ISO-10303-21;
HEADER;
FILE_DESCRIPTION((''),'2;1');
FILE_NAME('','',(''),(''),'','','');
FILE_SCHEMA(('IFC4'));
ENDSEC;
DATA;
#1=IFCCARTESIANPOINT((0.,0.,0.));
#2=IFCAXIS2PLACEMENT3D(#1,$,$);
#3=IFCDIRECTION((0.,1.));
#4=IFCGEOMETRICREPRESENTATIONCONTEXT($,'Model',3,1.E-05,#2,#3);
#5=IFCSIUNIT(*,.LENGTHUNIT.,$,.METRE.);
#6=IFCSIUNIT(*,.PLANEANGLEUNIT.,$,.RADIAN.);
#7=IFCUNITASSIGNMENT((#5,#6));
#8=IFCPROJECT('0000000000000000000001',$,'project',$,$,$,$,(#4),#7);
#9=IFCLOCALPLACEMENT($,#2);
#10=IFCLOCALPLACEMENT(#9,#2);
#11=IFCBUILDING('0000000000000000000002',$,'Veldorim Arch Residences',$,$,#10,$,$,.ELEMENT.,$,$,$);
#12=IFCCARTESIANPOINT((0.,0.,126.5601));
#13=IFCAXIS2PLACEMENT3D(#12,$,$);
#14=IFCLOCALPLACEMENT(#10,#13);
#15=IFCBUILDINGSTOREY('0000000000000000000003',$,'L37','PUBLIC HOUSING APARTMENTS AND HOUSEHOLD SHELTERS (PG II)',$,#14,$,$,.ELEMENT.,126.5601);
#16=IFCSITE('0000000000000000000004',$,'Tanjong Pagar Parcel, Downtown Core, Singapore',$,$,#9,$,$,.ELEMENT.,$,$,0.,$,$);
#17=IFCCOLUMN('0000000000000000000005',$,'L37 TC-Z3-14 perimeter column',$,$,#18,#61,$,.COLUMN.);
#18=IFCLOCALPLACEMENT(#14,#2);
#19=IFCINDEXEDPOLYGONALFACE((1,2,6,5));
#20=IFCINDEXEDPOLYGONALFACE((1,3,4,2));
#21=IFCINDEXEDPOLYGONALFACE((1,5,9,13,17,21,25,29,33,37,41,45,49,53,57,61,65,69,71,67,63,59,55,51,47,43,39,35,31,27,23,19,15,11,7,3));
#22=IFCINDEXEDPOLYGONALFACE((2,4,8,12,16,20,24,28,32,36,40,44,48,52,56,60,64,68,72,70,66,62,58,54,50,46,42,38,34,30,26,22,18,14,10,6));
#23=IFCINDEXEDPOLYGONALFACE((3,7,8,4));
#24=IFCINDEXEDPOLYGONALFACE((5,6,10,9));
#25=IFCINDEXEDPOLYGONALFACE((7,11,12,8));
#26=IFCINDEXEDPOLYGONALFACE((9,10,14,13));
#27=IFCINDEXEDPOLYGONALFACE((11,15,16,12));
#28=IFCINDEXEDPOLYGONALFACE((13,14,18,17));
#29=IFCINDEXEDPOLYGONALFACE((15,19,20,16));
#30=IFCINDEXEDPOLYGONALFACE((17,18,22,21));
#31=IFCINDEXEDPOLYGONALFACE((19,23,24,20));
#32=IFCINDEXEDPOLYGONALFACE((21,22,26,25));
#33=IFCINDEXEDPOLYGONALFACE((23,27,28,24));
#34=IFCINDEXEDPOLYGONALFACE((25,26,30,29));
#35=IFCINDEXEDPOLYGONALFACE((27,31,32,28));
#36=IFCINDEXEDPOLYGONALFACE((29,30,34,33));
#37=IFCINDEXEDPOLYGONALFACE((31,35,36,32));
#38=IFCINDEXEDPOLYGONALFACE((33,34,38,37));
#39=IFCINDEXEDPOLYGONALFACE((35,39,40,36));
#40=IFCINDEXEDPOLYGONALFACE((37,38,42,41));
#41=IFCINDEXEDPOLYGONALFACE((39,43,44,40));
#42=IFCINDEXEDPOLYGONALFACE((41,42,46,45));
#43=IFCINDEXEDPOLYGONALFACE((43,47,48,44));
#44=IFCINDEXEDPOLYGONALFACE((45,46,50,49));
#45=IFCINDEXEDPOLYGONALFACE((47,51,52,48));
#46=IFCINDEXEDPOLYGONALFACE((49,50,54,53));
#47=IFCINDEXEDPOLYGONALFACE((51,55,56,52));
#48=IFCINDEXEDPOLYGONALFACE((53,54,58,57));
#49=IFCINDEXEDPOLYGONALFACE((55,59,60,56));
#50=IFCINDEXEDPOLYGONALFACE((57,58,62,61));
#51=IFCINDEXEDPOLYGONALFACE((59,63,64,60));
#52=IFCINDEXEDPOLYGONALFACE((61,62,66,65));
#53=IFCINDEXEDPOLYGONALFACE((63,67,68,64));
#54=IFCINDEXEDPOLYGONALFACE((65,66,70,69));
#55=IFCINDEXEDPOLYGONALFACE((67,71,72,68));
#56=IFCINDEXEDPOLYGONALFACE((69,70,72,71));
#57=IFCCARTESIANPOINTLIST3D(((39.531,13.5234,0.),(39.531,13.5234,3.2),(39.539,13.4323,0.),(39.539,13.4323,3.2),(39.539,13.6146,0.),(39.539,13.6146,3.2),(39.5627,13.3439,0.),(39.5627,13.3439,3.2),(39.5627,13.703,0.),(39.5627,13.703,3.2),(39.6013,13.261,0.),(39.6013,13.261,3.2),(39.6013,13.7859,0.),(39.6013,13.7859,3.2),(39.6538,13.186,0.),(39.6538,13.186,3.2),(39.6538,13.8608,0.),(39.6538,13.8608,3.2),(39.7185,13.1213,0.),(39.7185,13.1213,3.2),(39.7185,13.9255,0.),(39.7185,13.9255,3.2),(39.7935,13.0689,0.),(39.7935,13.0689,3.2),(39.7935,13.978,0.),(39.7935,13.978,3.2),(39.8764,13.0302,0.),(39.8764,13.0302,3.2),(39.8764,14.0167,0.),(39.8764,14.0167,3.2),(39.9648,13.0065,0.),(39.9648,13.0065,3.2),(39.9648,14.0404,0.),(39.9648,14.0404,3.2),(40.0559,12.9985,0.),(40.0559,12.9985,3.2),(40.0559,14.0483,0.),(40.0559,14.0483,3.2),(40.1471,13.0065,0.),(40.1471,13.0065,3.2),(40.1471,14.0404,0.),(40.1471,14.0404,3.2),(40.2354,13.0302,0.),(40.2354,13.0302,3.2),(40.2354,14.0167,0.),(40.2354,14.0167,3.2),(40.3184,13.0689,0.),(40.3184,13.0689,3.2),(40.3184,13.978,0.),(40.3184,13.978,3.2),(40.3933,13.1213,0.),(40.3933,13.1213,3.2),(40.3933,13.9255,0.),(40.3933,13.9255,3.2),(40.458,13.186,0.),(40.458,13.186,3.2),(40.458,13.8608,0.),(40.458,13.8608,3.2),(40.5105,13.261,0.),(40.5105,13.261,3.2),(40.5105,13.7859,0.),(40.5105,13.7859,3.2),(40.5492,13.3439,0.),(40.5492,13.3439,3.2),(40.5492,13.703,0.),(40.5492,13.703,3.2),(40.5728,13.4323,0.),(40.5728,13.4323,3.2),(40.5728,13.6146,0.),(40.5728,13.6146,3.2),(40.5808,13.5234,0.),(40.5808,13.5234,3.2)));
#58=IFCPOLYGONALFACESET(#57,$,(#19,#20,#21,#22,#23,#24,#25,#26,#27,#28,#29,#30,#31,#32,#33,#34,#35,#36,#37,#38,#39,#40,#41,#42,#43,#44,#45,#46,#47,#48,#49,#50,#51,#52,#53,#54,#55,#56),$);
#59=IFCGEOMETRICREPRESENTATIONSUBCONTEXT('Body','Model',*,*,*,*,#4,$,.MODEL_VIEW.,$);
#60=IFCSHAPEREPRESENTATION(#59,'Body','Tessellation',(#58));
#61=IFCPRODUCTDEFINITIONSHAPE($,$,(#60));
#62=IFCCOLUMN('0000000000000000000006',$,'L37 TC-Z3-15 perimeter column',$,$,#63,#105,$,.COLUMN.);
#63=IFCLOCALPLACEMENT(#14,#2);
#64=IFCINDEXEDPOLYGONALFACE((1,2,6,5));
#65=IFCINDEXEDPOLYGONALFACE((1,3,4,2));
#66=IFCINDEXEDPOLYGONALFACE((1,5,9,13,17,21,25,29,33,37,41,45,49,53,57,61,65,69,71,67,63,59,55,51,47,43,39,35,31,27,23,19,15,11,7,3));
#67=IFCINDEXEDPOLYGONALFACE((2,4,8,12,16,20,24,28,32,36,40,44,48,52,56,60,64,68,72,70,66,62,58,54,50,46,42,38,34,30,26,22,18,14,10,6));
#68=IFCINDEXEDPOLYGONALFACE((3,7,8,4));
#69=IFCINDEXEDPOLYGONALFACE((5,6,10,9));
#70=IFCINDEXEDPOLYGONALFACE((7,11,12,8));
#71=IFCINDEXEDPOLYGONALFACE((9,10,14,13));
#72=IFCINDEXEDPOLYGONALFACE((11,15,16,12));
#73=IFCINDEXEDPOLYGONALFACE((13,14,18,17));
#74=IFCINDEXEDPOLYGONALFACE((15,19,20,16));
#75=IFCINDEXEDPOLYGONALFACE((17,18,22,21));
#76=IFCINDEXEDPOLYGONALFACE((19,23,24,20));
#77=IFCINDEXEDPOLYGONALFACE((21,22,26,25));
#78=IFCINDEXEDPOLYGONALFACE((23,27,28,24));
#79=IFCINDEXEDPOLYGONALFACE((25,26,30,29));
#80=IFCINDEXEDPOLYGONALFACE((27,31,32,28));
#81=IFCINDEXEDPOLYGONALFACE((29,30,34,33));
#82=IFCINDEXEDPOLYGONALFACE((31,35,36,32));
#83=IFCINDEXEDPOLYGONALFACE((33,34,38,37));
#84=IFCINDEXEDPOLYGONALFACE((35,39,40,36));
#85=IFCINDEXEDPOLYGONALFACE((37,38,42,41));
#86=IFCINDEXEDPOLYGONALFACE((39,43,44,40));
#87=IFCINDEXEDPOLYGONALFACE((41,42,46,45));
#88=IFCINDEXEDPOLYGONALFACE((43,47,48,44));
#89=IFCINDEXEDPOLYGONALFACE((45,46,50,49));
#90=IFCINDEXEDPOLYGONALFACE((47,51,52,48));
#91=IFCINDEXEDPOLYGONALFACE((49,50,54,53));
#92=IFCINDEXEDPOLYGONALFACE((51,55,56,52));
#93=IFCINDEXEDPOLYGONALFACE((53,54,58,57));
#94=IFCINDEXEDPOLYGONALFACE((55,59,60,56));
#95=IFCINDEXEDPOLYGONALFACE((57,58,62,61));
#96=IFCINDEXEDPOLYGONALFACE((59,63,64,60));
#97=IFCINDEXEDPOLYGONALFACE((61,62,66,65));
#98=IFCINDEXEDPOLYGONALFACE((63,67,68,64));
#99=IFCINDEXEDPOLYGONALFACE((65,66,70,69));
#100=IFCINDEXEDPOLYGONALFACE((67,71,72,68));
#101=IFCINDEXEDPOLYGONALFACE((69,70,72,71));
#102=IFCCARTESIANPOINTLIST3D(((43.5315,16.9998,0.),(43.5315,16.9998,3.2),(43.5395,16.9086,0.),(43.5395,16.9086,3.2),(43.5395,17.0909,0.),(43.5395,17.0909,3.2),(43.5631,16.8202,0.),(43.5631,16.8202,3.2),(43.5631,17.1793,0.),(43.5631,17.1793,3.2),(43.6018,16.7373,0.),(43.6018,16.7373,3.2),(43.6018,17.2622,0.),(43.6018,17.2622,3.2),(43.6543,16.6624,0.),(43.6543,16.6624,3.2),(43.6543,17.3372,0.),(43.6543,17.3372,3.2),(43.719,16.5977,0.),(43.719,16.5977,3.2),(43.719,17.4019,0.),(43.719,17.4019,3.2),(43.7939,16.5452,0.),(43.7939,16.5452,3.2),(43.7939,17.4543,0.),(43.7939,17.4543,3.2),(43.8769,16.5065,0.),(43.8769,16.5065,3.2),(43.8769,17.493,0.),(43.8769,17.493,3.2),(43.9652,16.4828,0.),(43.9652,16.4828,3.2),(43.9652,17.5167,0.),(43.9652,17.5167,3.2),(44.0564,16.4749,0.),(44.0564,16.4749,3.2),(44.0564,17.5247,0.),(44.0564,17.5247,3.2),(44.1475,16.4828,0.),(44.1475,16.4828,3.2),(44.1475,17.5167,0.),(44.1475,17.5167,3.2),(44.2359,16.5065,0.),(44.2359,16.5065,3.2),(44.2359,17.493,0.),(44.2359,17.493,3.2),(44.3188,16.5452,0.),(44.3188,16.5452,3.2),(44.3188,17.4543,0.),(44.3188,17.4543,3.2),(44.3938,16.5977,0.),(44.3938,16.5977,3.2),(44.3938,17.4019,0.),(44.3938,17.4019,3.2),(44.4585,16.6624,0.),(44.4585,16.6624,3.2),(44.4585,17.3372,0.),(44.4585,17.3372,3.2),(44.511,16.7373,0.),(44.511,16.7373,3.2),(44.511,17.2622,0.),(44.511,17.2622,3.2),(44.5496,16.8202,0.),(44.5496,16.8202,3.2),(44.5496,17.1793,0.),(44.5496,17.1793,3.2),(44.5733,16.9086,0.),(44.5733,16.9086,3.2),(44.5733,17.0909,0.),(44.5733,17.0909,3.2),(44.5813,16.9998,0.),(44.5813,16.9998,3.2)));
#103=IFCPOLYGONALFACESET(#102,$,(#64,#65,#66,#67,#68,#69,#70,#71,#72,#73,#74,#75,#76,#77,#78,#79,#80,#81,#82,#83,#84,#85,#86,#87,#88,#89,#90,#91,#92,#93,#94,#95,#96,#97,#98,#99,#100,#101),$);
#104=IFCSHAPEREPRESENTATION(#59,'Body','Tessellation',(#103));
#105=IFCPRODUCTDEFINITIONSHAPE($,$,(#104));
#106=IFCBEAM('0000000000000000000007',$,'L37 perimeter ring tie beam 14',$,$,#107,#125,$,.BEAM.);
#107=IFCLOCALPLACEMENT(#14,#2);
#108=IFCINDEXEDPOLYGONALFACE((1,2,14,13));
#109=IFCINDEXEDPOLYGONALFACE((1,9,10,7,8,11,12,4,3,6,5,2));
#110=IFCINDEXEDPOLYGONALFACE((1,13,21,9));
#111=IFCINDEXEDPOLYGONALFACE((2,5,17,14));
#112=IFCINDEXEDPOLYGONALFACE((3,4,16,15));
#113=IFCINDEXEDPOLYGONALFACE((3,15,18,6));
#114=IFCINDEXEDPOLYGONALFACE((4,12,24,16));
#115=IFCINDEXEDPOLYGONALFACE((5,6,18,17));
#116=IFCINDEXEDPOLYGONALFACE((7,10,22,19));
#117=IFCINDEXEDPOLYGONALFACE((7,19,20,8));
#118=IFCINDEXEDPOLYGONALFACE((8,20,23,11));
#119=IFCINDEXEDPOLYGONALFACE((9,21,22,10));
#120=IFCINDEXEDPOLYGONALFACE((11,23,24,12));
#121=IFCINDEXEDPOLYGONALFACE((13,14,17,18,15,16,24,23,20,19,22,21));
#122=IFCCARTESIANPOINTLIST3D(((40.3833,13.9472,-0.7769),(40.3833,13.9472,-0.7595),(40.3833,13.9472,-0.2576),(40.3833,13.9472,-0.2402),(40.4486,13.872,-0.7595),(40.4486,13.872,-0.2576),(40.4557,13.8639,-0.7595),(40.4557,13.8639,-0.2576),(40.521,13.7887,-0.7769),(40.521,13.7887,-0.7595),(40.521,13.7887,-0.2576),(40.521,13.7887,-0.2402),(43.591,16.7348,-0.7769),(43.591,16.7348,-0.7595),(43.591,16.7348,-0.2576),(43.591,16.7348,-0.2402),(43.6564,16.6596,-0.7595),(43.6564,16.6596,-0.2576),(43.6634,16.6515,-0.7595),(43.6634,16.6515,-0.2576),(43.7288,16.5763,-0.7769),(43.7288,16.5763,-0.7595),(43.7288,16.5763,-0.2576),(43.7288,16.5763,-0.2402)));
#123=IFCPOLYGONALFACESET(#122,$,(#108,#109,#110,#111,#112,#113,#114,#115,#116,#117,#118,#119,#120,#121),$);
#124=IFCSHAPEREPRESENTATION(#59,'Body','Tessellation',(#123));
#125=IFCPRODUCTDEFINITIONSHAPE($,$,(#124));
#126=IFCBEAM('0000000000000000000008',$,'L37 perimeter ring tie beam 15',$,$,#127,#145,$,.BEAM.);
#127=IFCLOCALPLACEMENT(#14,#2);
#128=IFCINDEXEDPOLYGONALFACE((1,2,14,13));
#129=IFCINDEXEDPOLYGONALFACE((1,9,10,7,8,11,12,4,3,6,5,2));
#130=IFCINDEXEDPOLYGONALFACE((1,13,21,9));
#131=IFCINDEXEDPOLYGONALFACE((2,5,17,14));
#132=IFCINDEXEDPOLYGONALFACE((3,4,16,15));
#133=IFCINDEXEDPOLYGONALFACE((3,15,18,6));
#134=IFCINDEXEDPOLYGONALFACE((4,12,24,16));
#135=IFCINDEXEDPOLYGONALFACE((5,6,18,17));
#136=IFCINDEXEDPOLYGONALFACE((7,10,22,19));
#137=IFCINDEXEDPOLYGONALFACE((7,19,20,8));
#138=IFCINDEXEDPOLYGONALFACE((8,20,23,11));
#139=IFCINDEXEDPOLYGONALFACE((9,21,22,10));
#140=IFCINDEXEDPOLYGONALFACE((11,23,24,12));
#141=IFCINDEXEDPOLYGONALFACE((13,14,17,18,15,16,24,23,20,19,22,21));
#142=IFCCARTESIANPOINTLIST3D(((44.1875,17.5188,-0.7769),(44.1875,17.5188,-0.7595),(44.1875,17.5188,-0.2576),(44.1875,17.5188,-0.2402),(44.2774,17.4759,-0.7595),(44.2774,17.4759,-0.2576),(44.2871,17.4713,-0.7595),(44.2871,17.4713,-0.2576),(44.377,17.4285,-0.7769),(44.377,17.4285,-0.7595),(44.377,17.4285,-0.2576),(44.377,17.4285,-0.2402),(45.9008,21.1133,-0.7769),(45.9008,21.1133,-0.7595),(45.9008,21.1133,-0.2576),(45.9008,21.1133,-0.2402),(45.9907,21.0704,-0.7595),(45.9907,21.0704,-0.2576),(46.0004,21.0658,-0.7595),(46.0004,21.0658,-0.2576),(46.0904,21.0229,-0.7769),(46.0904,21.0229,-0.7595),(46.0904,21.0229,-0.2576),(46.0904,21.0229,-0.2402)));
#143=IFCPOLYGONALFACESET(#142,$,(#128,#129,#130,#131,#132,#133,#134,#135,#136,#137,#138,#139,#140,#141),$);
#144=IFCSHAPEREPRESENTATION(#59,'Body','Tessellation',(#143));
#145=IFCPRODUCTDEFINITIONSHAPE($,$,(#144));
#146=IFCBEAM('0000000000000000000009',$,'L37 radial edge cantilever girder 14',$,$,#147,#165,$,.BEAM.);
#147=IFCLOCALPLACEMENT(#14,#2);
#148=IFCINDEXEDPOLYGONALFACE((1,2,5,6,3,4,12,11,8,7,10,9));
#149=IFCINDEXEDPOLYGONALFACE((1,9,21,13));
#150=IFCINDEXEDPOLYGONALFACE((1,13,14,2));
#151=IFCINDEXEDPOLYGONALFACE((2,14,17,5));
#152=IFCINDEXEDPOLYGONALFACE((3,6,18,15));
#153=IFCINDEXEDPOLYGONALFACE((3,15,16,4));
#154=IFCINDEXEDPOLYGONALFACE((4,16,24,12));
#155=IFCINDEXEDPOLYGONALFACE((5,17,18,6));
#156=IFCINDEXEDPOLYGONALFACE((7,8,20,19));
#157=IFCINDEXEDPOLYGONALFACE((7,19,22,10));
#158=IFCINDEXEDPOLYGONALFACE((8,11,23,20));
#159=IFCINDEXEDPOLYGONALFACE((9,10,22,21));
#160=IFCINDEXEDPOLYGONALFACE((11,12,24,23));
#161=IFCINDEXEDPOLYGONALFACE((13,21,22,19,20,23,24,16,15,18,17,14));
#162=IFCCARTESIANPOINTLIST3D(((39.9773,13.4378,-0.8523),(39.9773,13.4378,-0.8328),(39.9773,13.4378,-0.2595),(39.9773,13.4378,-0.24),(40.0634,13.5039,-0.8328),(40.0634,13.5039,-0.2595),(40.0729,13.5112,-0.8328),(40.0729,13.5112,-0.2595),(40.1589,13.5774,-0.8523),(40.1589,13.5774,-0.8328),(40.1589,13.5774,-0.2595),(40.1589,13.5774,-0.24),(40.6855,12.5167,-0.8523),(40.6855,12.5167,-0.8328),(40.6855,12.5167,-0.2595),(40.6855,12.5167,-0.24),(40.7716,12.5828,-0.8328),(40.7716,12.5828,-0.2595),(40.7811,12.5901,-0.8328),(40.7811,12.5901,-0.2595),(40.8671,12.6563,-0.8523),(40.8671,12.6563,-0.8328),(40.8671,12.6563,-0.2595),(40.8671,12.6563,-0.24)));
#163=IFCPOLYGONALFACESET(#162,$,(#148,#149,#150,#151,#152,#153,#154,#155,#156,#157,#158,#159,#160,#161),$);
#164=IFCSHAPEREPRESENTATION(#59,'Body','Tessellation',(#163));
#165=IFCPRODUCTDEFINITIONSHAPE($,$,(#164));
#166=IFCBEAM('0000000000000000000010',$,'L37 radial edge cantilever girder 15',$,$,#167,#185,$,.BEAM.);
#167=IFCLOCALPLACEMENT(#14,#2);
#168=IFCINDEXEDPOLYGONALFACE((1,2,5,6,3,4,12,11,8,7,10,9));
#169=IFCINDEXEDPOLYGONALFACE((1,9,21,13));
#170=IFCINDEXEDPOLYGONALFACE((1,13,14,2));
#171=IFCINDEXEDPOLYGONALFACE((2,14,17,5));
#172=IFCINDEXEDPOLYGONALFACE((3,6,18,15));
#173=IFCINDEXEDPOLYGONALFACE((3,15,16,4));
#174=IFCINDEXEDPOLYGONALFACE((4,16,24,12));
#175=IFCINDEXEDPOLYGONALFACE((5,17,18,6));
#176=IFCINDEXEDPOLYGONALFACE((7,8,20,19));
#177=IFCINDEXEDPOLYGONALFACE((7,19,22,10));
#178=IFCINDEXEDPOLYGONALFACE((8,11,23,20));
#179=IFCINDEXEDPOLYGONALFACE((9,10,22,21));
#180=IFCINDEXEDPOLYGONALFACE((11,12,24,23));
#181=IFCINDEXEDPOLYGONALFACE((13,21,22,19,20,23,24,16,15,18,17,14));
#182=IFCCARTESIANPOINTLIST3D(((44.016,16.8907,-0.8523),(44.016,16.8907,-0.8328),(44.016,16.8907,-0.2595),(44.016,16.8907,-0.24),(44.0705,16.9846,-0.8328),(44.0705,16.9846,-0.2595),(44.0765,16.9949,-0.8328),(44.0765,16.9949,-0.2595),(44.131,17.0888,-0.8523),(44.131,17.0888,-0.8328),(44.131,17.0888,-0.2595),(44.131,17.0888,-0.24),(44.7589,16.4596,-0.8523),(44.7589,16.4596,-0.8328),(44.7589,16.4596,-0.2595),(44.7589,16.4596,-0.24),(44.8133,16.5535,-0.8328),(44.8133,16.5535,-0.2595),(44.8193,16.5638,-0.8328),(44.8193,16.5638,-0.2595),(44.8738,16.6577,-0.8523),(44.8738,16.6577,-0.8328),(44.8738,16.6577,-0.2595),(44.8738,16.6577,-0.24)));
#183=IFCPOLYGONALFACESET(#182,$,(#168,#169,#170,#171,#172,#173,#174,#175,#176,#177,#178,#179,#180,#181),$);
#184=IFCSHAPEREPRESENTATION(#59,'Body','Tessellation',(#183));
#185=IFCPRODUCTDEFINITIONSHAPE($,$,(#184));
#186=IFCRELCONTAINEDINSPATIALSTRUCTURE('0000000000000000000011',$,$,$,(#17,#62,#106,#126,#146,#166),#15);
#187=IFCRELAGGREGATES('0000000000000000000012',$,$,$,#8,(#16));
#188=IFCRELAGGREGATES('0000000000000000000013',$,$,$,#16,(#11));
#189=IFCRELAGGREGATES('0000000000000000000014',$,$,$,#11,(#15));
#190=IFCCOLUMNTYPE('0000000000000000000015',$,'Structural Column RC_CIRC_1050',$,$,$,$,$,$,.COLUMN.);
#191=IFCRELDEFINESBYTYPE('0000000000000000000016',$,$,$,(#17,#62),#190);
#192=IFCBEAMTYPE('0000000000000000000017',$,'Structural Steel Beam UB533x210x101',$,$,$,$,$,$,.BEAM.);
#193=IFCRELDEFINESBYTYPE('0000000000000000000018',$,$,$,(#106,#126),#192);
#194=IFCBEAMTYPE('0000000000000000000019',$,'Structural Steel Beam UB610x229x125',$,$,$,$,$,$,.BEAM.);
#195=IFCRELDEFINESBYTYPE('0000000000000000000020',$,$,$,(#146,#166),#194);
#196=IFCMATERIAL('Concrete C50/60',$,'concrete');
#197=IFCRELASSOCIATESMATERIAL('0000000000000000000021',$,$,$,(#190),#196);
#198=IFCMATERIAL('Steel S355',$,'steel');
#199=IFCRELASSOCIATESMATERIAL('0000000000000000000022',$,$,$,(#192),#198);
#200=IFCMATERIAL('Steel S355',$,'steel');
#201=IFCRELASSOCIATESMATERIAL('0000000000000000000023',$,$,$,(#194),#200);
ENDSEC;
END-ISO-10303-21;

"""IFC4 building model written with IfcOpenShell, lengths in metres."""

from ifc_helpers import new_model, si_unit, direction, frame, origin, origin_2d, place, context, subcontext, project, spatial, circle, i_section, extrude, material, material_profile, profile_set, type_object, element, save


model = new_model("IFC4")

# Units and contexts
model_context = context("Model", 3, precision=1e-05, world=origin(), true_north=direction((0.0, 1.0)))
body_context = subcontext(model_context, "Body", "Model", "MODEL_VIEW")
ifc_project = project(units=[si_unit("LENGTHUNIT", "METRE"), si_unit("PLANEANGLEUNIT", "RADIAN")], contexts=[model_context])

# Site, building, storey
site_placement = place(None, origin())
site = spatial("IfcSite", under=ifc_project, at=site_placement, Name="Tanjong Pagar Parcel, Downtown Core, Singapore", CompositionType="ELEMENT", RefElevation=0.0)
building_placement = place(site_placement, origin())
building = spatial("IfcBuilding", under=site, at=building_placement, Name="Veldorim Arch Residences", CompositionType="ELEMENT")
storey_placement = place(building_placement, frame((0.0, 0.0, 126.5601)))
storey = spatial("IfcBuildingStorey", under=building, at=storey_placement, Name="L37", Description="PUBLIC HOUSING APARTMENTS AND HOUSEHOLD SHELTERS (PG II)", CompositionType="ELEMENT", Elevation=126.5601)

# Columns
ifc_material_1 = material(Name="Concrete C50/60", Category="concrete")
ifc_material_profile_1 = material_profile(ifc_material_1, circle(Radius=0.5249, at=origin_2d()), Name="RC_CIRC_1050")
ifc_profile_set_1 = profile_set([ifc_material_profile_1], Name="Concrete C50/60")
column_type = type_object("IfcColumnType", Name="Structural Column RC_CIRC_1050", PredefinedType="COLUMN", material=ifc_profile_set_1)
for number, where, z_axis, x_axis, name in (
    (1, (40.0559, 13.5234, 0.0), (0.0, 0.0, 1.0), (1.0, 0.0, 0.0), "L37 TC-Z3-14 perimeter column"),
    (2, (44.0564, 16.9998, 0.0), (0.0, 0.0, 1.0), (1.0, 0.0, 0.0), "L37 TC-Z3-15 perimeter column"),
):
    element("IfcColumn", number, at=place(storey_placement, frame(where, z_axis=z_axis, x_axis=x_axis)), inside=storey, type_object=column_type, Name=name, PredefinedType="COLUMN", context=body_context, shape_type="SweptSolid", body=[
        extrude(circle(Radius=0.5249, at=origin_2d()), origin(), (0.0, 0.0, 1.0), 3.2),
    ])

# Beams
ifc_material_2 = material(Name="Steel S355", Category="steel")
ifc_material_profile_2 = material_profile(ifc_material_2, i_section(OverallWidth=0.21, OverallDepth=0.5366, WebThickness=0.0107, FlangeThickness=0.0173, at=origin_2d()), Name="UB533x210x101")
ifc_profile_set_2 = profile_set([ifc_material_profile_2], Name="Steel S355")
beam_type_1 = type_object("IfcBeamType", Name="Structural Steel Beam UB533x210x101", PredefinedType="BEAM", material=ifc_profile_set_2)
beam_1_placement = place(storey_placement, frame((40.4521, 13.8679, -0.5085), z_axis=(0.754811, 0.655943, 0.0), x_axis=(-0.655943, 0.754811, 0.0)))
element("IfcBeam", 3, at=beam_1_placement, inside=storey, type_object=beam_type_1, Name="L37 perimeter ring tie beam 14", PredefinedType="BEAM", context=body_context, shape_type="SweptSolid", body=[
    extrude(i_section(OverallWidth=0.21, OverallDepth=0.5366, WebThickness=0.0107, FlangeThickness=0.0173, at=origin_2d()), origin(), (0.0, 0.0, 1.0), 4.2498),
])
beam_2_placement = place(storey_placement, frame((44.2822, 17.4736, -0.5085), z_axis=(0.430286, 0.902693, 0.0), x_axis=(-0.902693, 0.430286, 0.0)))
element("IfcBeam", 4, at=beam_2_placement, inside=storey, type_object=beam_type_1, Name="L37 perimeter ring tie beam 15", PredefinedType="BEAM", context=body_context, shape_type="SweptSolid", body=[
    extrude(i_section(OverallWidth=0.21, OverallDepth=0.5366, WebThickness=0.0107, FlangeThickness=0.0173, at=origin_2d()), origin(), (0.0, 0.0, 1.0), 3.9819),
])
ifc_material_3 = material(Name="Steel S355", Category="steel")
ifc_material_profile_3 = material_profile(ifc_material_3, i_section(OverallWidth=0.229, OverallDepth=0.6123, WebThickness=0.012, FlangeThickness=0.0195, at=origin_2d()), Name="UB610x229x125")
ifc_profile_set_3 = profile_set([ifc_material_profile_3], Name="Steel S355")
beam_type_2 = type_object("IfcBeamType", Name="Structural Steel Beam UB610x229x125", PredefinedType="BEAM", material=ifc_profile_set_3)
beam_3_placement = place(storey_placement, frame((40.0681, 13.5076, -0.5461), z_axis=(0.609538, -0.792757, 0.0), x_axis=(0.792757, 0.609538, 0.0)))
element("IfcBeam", 5, at=beam_3_placement, inside=storey, type_object=beam_type_2, Name="L37 radial edge cantilever girder 14", PredefinedType="BEAM", context=body_context, shape_type="SweptSolid", body=[
    extrude(i_section(OverallWidth=0.229, OverallDepth=0.6123, WebThickness=0.012, FlangeThickness=0.0195, at=origin_2d()), origin(), (0.0, 0.0, 1.0), 1.1619),
])
beam_4_placement = place(storey_placement, frame((44.0735, 16.9897, -0.5461), z_axis=(0.8649, -0.501944, 0.0), x_axis=(0.501944, 0.8649, 0.0)))
element("IfcBeam", 6, at=beam_4_placement, inside=storey, type_object=beam_type_2, Name="L37 radial edge cantilever girder 15", PredefinedType="BEAM", context=body_context, shape_type="SweptSolid", body=[
    extrude(i_section(OverallWidth=0.229, OverallDepth=0.6123, WebThickness=0.012, FlangeThickness=0.0195, at=origin_2d()), origin(), (0.0, 0.0, 1.0), 0.8589),
])

save(model, "model.ifc")
